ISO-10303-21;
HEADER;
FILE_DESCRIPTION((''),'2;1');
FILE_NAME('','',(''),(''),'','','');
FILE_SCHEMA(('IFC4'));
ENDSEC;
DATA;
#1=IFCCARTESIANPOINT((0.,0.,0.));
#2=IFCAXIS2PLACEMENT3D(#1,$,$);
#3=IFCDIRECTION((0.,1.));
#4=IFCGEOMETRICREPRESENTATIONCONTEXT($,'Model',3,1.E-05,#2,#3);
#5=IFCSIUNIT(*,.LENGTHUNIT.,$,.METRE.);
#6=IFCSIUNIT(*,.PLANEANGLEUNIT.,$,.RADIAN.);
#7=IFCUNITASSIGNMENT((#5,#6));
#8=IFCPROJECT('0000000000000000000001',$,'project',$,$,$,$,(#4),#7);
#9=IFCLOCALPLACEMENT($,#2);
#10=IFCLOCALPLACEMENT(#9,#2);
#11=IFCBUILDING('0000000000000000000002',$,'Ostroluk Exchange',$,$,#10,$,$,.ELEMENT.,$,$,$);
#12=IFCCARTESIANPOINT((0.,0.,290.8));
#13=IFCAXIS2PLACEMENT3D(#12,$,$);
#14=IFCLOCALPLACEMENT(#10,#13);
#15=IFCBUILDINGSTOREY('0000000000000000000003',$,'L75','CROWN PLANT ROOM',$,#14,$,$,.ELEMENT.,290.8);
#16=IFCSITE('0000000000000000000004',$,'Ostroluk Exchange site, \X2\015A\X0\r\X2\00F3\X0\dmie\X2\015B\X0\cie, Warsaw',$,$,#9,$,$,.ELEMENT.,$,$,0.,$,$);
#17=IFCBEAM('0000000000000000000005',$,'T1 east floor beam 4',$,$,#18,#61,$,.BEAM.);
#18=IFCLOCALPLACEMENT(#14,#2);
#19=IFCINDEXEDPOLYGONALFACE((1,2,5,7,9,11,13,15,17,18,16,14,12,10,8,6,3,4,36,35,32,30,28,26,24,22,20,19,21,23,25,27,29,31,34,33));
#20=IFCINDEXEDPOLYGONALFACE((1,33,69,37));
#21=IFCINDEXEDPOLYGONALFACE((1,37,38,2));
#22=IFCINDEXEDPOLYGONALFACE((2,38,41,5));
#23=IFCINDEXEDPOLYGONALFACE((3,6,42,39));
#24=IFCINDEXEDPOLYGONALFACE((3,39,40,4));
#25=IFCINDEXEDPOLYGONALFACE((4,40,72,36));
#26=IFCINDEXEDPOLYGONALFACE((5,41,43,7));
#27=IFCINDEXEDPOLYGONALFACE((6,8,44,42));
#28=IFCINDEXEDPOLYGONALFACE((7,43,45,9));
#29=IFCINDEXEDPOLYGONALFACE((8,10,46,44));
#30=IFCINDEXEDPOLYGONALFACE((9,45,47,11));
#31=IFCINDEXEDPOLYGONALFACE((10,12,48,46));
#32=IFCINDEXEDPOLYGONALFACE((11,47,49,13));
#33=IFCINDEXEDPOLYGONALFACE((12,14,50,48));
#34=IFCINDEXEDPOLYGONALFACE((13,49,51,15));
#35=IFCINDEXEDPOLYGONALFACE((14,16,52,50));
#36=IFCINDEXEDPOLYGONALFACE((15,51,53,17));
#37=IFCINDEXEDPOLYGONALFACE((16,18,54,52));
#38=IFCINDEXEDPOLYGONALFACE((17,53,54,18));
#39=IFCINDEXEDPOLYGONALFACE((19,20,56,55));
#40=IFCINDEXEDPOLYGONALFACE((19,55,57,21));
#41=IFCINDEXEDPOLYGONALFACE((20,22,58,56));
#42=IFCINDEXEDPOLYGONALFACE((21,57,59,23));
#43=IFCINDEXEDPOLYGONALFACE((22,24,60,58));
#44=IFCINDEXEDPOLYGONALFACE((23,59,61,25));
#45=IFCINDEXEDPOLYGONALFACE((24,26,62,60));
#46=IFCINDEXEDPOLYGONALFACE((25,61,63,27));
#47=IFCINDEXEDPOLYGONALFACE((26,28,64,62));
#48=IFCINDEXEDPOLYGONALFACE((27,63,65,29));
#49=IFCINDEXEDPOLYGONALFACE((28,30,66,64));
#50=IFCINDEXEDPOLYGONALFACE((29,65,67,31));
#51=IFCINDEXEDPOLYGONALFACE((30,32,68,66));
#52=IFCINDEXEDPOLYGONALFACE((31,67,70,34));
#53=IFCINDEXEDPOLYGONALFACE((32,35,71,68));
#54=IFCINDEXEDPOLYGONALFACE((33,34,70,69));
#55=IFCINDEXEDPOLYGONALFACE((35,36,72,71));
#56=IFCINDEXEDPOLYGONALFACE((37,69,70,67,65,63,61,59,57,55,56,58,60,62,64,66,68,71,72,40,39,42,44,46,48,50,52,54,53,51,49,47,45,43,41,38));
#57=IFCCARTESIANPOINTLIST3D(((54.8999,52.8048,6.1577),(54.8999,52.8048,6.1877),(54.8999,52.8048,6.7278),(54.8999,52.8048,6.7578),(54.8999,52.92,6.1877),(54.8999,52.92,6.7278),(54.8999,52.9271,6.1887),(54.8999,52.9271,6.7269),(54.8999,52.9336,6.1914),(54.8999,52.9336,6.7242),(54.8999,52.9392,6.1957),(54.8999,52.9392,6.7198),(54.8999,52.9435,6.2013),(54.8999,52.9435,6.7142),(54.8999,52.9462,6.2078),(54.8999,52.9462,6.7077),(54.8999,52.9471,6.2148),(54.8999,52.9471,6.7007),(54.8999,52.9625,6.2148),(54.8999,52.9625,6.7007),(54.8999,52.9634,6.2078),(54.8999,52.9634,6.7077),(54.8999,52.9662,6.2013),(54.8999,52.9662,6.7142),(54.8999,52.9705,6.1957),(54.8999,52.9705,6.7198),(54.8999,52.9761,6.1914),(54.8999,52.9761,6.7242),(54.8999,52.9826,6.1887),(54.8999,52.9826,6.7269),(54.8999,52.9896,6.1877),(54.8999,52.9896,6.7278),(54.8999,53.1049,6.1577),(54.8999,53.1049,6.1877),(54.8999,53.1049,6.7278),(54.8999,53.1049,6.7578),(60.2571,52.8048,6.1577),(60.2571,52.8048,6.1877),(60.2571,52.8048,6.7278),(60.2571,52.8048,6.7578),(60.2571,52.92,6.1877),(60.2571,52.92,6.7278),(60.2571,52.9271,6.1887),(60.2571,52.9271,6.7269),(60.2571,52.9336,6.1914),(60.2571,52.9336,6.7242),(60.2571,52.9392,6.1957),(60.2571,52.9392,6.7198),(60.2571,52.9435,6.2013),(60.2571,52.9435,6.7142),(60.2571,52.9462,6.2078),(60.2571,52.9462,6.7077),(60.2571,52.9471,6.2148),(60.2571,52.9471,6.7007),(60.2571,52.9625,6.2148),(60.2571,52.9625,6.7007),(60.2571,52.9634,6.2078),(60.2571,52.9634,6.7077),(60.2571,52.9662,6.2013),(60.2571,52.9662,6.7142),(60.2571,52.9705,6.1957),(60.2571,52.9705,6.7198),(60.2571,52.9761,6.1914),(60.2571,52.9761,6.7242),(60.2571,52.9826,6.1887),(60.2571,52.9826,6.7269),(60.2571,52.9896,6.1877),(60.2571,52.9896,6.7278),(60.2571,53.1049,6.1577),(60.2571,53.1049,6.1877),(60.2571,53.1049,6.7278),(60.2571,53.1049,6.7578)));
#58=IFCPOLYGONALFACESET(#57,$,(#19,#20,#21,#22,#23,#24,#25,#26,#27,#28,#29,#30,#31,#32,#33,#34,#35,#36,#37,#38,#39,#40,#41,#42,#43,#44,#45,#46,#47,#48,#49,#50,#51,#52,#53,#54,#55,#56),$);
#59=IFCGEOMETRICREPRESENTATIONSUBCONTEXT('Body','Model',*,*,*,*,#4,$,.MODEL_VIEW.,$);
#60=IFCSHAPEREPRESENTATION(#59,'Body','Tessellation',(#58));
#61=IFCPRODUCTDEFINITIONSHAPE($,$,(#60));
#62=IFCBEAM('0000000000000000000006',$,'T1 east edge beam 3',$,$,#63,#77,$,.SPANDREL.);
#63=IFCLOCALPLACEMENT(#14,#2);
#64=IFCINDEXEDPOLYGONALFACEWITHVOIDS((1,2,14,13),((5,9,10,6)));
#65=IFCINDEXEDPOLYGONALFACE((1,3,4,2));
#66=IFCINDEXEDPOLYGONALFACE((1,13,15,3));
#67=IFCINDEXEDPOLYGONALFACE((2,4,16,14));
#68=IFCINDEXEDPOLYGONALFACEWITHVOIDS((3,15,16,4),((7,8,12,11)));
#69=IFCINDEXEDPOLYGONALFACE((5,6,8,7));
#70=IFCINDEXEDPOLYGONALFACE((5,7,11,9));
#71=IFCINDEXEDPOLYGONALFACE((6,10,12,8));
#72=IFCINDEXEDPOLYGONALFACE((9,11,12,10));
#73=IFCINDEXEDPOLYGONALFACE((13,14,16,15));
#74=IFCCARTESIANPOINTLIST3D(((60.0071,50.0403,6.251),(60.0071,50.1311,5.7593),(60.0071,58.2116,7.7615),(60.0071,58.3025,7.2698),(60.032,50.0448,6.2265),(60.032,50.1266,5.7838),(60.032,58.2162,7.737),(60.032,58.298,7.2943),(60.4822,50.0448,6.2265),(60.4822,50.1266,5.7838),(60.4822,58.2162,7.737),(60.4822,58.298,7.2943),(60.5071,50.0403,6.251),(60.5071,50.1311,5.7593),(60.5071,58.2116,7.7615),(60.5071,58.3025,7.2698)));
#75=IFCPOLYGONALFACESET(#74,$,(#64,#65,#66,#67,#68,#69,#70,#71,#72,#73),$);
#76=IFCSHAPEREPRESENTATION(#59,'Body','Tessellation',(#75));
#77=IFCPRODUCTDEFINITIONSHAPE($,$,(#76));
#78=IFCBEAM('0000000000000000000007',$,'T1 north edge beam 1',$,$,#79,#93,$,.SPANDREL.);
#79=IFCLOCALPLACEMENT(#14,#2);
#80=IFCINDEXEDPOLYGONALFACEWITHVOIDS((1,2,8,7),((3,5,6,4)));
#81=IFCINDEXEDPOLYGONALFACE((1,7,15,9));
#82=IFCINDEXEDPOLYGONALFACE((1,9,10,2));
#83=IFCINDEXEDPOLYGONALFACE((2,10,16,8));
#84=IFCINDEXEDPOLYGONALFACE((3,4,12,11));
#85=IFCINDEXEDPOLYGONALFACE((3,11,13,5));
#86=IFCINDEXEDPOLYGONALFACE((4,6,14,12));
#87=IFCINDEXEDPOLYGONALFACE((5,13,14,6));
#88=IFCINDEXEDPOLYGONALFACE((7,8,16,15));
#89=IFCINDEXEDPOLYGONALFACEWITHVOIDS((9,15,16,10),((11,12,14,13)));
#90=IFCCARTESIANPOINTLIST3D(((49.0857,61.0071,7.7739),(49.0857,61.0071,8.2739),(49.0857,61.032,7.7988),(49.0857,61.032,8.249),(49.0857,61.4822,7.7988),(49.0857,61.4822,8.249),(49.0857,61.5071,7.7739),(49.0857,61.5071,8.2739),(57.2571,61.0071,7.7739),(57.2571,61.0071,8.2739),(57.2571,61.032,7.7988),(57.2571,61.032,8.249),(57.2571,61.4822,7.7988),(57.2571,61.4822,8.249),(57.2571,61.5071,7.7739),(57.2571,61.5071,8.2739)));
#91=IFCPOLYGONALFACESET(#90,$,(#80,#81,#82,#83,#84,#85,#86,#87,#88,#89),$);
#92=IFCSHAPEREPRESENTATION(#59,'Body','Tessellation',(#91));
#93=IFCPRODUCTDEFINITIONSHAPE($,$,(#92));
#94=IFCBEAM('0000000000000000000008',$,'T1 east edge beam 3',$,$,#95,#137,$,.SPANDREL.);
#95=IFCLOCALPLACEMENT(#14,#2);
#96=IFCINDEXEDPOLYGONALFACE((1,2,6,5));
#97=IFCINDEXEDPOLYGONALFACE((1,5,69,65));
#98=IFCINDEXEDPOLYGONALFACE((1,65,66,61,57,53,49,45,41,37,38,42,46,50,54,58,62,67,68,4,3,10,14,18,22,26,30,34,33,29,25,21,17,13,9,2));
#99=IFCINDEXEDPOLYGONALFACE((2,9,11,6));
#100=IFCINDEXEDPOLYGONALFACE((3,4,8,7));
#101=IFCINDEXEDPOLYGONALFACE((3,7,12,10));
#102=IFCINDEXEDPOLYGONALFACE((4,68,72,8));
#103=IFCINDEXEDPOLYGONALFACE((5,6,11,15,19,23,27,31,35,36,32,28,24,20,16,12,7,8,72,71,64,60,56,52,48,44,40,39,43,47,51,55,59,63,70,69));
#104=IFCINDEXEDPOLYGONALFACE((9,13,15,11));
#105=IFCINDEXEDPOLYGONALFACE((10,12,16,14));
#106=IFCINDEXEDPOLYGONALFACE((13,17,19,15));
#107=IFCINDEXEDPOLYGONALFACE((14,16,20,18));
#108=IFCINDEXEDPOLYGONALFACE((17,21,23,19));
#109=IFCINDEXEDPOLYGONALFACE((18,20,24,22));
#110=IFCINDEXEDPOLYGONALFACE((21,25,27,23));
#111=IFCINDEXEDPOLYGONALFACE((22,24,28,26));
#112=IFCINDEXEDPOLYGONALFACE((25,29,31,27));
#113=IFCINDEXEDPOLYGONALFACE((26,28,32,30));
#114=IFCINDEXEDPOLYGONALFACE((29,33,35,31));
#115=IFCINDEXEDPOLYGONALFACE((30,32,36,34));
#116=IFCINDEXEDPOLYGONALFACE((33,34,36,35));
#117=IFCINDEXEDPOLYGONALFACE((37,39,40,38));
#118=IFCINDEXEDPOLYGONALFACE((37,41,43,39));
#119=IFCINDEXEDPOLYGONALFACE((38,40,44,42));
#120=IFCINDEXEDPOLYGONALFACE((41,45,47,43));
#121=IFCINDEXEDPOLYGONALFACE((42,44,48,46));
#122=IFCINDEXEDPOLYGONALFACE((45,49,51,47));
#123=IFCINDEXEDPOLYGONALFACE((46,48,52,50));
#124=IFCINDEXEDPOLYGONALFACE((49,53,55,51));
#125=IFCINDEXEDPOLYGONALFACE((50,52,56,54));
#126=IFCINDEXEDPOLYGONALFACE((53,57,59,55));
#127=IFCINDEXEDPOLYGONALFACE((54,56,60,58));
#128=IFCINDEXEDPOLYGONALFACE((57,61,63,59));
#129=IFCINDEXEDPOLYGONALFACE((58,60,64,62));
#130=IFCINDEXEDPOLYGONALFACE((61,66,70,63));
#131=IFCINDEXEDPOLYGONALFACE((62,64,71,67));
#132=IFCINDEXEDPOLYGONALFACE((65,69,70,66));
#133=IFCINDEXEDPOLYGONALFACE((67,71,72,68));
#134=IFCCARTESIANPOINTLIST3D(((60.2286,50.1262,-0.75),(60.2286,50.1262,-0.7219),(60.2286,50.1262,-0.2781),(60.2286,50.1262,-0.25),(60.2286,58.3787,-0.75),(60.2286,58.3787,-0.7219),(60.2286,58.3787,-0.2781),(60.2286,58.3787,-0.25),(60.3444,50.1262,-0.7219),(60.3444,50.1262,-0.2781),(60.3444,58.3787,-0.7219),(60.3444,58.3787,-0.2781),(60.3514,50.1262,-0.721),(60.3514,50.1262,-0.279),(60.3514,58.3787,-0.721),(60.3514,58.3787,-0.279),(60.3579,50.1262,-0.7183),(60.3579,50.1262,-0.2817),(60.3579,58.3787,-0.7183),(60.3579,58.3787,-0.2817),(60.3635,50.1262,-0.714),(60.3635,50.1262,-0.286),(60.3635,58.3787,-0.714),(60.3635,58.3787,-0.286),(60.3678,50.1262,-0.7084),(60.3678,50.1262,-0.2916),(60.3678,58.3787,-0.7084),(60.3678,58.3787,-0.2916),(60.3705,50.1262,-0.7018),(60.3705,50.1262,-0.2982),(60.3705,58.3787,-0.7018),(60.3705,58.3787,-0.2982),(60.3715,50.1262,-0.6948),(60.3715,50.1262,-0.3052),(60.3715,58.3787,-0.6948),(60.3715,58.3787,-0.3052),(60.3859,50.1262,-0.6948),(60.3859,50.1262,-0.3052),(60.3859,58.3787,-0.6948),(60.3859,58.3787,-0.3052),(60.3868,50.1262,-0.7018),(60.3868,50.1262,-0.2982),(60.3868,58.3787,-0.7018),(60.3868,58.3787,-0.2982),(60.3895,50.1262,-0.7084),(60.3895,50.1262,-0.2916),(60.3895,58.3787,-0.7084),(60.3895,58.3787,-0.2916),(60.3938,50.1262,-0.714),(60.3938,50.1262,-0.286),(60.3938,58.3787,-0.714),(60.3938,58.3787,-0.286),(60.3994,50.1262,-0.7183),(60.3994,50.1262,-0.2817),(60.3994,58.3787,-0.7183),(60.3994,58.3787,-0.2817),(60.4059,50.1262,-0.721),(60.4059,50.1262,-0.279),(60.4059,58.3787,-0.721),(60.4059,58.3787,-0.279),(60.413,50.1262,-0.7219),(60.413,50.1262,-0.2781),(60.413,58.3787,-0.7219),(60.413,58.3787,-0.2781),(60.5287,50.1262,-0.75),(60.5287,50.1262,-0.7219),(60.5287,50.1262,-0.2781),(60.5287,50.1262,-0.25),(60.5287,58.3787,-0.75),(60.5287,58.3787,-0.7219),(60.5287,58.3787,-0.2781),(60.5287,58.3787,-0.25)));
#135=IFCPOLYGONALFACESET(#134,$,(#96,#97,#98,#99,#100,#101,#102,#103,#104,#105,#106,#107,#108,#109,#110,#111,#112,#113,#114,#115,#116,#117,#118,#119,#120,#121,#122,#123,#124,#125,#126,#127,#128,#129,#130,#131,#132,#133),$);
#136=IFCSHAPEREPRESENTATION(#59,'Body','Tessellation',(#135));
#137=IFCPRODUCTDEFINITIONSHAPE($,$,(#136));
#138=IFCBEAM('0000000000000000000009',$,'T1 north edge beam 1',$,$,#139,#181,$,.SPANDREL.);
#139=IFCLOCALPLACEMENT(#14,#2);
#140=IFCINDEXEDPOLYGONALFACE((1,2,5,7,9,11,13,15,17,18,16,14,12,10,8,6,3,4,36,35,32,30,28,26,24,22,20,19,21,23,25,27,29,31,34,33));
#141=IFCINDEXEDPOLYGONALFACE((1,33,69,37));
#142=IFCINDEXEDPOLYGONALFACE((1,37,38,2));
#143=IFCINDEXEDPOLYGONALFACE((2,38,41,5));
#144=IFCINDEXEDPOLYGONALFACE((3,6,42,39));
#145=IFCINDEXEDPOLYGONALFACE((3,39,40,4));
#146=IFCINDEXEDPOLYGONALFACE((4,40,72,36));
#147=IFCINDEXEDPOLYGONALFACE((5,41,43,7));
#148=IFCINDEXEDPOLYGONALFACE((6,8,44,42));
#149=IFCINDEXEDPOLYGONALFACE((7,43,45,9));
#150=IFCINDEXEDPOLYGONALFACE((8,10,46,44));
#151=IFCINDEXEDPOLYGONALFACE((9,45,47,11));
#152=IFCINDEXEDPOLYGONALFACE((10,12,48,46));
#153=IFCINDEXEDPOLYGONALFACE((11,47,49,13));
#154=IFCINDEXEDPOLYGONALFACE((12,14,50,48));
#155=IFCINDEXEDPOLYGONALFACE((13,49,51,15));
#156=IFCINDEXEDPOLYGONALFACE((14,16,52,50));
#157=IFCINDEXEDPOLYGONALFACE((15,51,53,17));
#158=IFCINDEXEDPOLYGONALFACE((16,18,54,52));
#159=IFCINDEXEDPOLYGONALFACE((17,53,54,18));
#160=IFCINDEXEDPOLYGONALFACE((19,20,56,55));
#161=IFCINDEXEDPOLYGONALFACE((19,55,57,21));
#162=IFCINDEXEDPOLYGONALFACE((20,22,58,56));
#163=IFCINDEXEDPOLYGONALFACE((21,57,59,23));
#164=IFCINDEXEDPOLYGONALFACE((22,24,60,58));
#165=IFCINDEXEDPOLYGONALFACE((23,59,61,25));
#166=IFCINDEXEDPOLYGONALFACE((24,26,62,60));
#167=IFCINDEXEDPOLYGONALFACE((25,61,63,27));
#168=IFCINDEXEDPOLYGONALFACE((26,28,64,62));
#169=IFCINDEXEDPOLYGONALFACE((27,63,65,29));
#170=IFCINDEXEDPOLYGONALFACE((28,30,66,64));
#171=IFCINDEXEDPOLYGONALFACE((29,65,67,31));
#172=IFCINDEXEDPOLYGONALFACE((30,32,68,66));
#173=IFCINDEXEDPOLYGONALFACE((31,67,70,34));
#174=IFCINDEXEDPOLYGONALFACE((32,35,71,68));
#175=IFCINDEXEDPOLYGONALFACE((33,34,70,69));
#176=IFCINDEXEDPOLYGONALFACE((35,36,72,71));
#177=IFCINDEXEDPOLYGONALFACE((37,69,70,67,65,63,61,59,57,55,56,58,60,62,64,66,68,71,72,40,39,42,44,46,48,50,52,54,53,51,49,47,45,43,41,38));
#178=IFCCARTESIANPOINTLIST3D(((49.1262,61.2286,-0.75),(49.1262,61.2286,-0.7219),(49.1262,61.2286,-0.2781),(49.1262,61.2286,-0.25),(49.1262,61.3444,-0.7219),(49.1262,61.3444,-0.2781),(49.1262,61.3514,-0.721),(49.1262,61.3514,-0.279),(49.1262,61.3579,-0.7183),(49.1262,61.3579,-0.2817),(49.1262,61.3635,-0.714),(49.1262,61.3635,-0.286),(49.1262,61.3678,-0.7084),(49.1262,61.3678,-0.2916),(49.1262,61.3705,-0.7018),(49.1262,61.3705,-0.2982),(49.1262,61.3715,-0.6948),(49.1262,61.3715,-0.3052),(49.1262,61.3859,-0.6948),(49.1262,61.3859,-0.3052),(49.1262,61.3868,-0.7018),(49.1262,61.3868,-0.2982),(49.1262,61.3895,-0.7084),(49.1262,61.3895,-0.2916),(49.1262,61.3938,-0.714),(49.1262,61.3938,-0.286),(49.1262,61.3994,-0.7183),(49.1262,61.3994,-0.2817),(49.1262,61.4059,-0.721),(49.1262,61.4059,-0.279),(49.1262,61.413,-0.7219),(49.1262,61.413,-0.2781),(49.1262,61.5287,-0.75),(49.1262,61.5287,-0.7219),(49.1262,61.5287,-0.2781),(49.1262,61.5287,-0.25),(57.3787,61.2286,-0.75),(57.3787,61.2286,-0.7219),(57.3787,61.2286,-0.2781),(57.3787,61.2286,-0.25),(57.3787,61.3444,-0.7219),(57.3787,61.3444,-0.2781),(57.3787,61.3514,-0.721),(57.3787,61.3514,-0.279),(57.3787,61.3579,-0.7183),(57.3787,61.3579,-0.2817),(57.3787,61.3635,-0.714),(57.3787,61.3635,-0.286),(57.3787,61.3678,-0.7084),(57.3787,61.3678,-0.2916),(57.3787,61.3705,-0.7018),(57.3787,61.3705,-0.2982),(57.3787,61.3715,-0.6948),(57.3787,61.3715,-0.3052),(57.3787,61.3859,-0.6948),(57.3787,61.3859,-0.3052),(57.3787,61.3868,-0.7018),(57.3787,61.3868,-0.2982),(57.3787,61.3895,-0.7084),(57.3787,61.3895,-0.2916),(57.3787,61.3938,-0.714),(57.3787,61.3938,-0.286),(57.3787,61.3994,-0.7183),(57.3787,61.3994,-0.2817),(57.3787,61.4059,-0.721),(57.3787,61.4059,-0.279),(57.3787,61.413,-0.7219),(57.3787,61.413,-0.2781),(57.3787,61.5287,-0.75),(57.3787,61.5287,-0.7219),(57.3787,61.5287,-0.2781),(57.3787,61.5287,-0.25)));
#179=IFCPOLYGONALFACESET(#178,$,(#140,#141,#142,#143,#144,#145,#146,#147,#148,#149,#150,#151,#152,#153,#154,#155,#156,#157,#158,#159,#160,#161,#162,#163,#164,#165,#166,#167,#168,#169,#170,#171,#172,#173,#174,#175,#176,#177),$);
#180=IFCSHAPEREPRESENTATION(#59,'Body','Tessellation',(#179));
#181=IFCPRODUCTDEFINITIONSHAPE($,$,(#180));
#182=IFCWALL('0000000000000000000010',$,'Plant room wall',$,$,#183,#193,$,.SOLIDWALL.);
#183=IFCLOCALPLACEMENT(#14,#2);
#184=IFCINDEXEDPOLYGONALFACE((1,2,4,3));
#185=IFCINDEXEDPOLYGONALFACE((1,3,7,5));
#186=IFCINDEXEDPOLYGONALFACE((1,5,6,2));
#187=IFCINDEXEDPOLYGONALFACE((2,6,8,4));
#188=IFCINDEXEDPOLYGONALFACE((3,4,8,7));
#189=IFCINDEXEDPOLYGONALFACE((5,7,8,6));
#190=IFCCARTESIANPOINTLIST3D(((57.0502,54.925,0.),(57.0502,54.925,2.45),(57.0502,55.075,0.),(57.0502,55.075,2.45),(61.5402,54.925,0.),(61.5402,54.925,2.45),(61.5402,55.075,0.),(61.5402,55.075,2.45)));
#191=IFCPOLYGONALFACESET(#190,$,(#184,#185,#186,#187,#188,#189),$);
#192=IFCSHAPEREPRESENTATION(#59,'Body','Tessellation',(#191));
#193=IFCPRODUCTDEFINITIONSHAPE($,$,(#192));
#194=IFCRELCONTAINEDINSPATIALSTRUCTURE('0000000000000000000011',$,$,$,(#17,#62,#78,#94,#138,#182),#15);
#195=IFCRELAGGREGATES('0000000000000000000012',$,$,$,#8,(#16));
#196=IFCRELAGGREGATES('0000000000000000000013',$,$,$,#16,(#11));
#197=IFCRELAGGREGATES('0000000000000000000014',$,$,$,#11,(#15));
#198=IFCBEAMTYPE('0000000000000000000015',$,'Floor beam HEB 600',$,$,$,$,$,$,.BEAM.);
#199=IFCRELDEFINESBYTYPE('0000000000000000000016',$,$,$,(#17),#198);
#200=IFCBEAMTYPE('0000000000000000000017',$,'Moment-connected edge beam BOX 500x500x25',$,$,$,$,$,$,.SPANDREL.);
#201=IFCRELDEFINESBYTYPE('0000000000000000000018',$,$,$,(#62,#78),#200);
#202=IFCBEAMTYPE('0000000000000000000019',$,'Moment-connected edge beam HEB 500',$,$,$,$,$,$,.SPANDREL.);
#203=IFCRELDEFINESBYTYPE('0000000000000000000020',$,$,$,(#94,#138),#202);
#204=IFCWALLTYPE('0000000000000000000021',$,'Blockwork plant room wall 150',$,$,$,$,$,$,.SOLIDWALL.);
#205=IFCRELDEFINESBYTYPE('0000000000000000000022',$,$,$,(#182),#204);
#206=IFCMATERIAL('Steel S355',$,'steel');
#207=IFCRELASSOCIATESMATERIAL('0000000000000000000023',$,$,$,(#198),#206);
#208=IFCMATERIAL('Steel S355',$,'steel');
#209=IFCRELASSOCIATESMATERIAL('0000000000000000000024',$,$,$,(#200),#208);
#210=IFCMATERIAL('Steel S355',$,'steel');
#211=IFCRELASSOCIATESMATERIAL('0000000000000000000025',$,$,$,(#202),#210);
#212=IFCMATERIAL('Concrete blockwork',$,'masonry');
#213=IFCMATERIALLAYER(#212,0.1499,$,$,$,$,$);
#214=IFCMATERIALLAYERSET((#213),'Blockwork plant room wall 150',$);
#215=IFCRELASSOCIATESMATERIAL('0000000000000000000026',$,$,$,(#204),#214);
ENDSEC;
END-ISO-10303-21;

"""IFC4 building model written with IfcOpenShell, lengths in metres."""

from ifc_helpers import new_model, si_unit, direction, frame, frame_2d, origin, origin_2d, place, context, subcontext, project, spatial, rectangle, hollow_rectangle, i_section, extrude, material, layer, layer_set, material_profile, profile_set, type_object, element, save


model = new_model("IFC4")

# Units and contexts
model_context = context("Model", 3, precision=1e-05, world=origin(), true_north=direction((0.0, 1.0)))
body_context = subcontext(model_context, "Body", "Model", "MODEL_VIEW")
ifc_project = project(units=[si_unit("LENGTHUNIT", "METRE"), si_unit("PLANEANGLEUNIT", "RADIAN")], contexts=[model_context])

# Site, building, storey
site_placement = place(None, origin())
site = spatial("IfcSite", under=ifc_project, at=site_placement, Name="Ostroluk Exchange site, Śródmieście, Warsaw", CompositionType="ELEMENT", RefElevation=0.0)
building_placement = place(site_placement, origin())
building = spatial("IfcBuilding", under=site, at=building_placement, Name="Ostroluk Exchange", CompositionType="ELEMENT")
storey_placement = place(building_placement, frame((0.0, 0.0, 290.8)))
storey = spatial("IfcBuildingStorey", under=building, at=storey_placement, Name="L75", Description="CROWN PLANT ROOM", CompositionType="ELEMENT", Elevation=290.8)

# Beams
ifc_material_1 = material(Name="Steel S355", Category="steel")
ifc_material_profile_1 = material_profile(ifc_material_1, i_section(OverallWidth=0.3, OverallDepth=0.6001, WebThickness=0.0154, FlangeThickness=0.03, FilletRadius=0.0271, at=origin_2d()), Name="HEB 600")
ifc_profile_set_1 = profile_set([ifc_material_profile_1], Name="Steel S355")
beam_type_1 = type_object("IfcBeamType", Name="Floor beam HEB 600", PredefinedType="BEAM", material=ifc_profile_set_1)
beam_1_placement = place(storey_placement, frame((54.8999, 52.9548, 6.4578), z_axis=(1.0, 0.0, 0.0), x_axis=(0.0, 1.0, 0.0)))
element("IfcBeam", 1, at=beam_1_placement, inside=storey, type_object=beam_type_1, Name="T1 east floor beam 4", PredefinedType="BEAM", context=body_context, shape_type="SweptSolid", body=[
    extrude(i_section(OverallWidth=0.3, OverallDepth=0.6001, WebThickness=0.0154, FlangeThickness=0.03, FilletRadius=0.0271, at=origin_2d()), origin(), (0.0, 0.0, 1.0), 5.3572),
])
ifc_material_2 = material(Name="Steel S355", Category="steel")
ifc_material_profile_2 = material_profile(ifc_material_2, hollow_rectangle(XDim=0.5, YDim=0.5, WallThickness=0.0249, at=origin_2d()), Name="BOX 500x500x25")
ifc_profile_set_2 = profile_set([ifc_material_profile_2], Name="Steel S355")
beam_type_2 = type_object("IfcBeamType", Name="Moment-connected edge beam BOX 500x500x25", PredefinedType="SPANDREL", material=ifc_profile_set_2)
beam_2_placement = place(storey_placement, frame((60.2571, 50.0857, 6.0051), z_axis=(0.0, 0.983341, 0.181773), x_axis=(-1.0, 0.0, 0.0)))
element("IfcBeam", 2, at=beam_2_placement, inside=storey, type_object=beam_type_2, Name="T1 east edge beam 3", PredefinedType="SPANDREL", context=body_context, shape_type="SweptSolid", body=[
    extrude(hollow_rectangle(XDim=0.5, YDim=0.5, WallThickness=0.0249, at=origin_2d()), origin(), (0.0, 0.0, 1.0), 8.3098),
])
beam_3_placement = place(storey_placement, frame((57.2571, 61.2571, 8.0239), z_axis=(-1.0, 0.0, 0.0), x_axis=(0.0, -1.0, 0.0)))
element("IfcBeam", 3, at=beam_3_placement, inside=storey, type_object=beam_type_2, Name="T1 north edge beam 1", PredefinedType="SPANDREL", context=body_context, shape_type="SweptSolid", body=[
    extrude(hollow_rectangle(XDim=0.5, YDim=0.5, WallThickness=0.0249, at=origin_2d()), origin(), (0.0, 0.0, 1.0), 8.1714),
])
ifc_material_3 = material(Name="Steel S355", Category="steel")
ifc_material_profile_3 = material_profile(ifc_material_3, i_section(OverallWidth=0.3, OverallDepth=0.5, WebThickness=0.0144, FlangeThickness=0.0281, FilletRadius=0.0271, at=origin_2d()), Name="HEB 500")
ifc_profile_set_3 = profile_set([ifc_material_profile_3], Name="Steel S355")
beam_type_3 = type_object("IfcBeamType", Name="Moment-connected edge beam HEB 500", PredefinedType="SPANDREL", material=ifc_profile_set_3)
for number, where, z_axis, x_axis, name in (
    (4, (60.3787, 50.1262, -0.5), (0.0, 1.0, 0.0), (-1.0, 0.0, 0.0), "T1 east edge beam 3"),
    (5, (57.3787, 61.3787, -0.5), (-1.0, 0.0, 0.0), (0.0, -1.0, 0.0), "T1 north edge beam 1"),
):
    element("IfcBeam", number, at=place(storey_placement, frame(where, z_axis=z_axis, x_axis=x_axis)), inside=storey, type_object=beam_type_3, Name=name, PredefinedType="SPANDREL", context=body_context, shape_type="SweptSolid", body=[
        extrude(i_section(OverallWidth=0.3, OverallDepth=0.5, WebThickness=0.0144, FlangeThickness=0.0281, FilletRadius=0.0271, at=origin_2d()), origin(), (0.0, 0.0, 1.0), 8.2524),
    ])

# Wall
ifc_material_4 = material(Name="Concrete blockwork", Category="masonry")
ifc_layer_1 = layer(ifc_material_4, 0.1499)
ifc_layer_set_1 = layer_set([ifc_layer_1], Name="Blockwork plant room wall 150")
wall_type_1 = type_object("IfcWallType", Name="Blockwork plant room wall 150", PredefinedType="SOLIDWALL", material=ifc_layer_set_1)
wall_1_placement = place(storey_placement, frame((57.05, 55.0, 0.0), z_axis=(0.0, 0.0, 1.0), x_axis=(1.0, 0.0, 0.0)))
element("IfcWall", 6, at=wall_1_placement, inside=storey, type_object=wall_type_1, Name="Plant room wall", PredefinedType="SOLIDWALL", context=body_context, shape_type="SweptSolid", body=[
    extrude(rectangle(XDim=4.49, YDim=0.1499, at=frame_2d((2.2451, 0.0))), origin(), (0.0, 0.0, 1.0), 2.45),
])

save(model, "model.ifc")
